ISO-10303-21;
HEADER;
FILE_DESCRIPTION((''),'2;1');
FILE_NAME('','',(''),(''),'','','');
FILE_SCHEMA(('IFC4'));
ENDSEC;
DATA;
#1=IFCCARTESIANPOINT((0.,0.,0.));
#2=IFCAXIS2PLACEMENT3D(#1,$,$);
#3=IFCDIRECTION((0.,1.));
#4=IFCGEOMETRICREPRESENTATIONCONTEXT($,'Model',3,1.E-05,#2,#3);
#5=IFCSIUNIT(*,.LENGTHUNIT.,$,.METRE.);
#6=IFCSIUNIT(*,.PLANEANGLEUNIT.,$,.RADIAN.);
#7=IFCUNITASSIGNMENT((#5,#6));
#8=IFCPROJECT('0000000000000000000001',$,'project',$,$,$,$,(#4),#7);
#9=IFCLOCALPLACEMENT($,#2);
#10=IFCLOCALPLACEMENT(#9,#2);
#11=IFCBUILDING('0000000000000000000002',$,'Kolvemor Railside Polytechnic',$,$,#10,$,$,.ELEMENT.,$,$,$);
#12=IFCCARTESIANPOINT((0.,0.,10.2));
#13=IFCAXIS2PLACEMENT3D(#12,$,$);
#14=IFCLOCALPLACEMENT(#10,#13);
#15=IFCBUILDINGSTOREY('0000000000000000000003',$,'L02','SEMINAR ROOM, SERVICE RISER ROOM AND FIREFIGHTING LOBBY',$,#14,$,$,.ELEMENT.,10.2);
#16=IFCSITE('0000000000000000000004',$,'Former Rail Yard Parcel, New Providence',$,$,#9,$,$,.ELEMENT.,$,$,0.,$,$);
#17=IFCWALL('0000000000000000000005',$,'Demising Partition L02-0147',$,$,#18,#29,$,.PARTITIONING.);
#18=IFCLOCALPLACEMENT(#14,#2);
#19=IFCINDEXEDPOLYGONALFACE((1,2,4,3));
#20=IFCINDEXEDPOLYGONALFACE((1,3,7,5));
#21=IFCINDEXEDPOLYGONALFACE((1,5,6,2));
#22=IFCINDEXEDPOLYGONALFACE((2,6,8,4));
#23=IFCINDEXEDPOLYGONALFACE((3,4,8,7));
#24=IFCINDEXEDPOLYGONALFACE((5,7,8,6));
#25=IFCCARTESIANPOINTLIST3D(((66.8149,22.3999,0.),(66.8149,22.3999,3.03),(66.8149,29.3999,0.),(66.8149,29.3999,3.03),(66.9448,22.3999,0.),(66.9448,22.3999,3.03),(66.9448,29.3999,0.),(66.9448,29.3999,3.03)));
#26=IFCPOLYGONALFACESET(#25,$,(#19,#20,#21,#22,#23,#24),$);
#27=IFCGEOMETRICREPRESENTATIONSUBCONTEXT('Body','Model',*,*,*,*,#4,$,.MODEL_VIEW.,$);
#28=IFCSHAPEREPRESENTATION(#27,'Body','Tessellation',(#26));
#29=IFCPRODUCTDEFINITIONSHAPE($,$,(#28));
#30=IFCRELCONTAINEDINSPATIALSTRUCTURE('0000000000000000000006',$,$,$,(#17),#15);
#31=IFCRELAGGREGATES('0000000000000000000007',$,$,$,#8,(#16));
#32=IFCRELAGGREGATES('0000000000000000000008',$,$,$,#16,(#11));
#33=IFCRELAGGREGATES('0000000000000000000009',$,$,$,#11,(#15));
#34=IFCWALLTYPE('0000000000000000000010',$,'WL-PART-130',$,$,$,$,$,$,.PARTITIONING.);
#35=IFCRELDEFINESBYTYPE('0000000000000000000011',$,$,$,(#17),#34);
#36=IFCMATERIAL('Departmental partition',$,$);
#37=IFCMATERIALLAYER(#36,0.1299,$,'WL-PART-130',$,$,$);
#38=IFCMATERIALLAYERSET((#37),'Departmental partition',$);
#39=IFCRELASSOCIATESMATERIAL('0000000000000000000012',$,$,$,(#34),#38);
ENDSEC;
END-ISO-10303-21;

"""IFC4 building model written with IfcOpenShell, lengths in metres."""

from ifc_helpers import new_model, si_unit, direction, frame, frame_2d, origin, place, context, subcontext, project, spatial, rectangle, extrude, material, layer, layer_set, type_object, element, save


model = new_model("IFC4")

# Units and contexts
model_context = context("Model", 3, precision=1e-05, world=origin(), true_north=direction((0.0, 1.0)))
body_context = subcontext(model_context, "Body", "Model", "MODEL_VIEW")
ifc_project = project(units=[si_unit("LENGTHUNIT", "METRE"), si_unit("PLANEANGLEUNIT", "RADIAN")], contexts=[model_context])

# Site, building, storey
site_placement = place(None, origin())
site = spatial("IfcSite", under=ifc_project, at=site_placement, Name="Former Rail Yard Parcel, New Providence", CompositionType="ELEMENT", RefElevation=0.0)
building_placement = place(site_placement, origin())
building = spatial("IfcBuilding", under=site, at=building_placement, Name="Kolvemor Railside Polytechnic", CompositionType="ELEMENT")
storey_placement = place(building_placement, frame((0.0, 0.0, 10.2)))
storey = spatial("IfcBuildingStorey", under=building, at=storey_placement, Name="L02", Description="SEMINAR ROOM, SERVICE RISER ROOM AND FIREFIGHTING LOBBY", CompositionType="ELEMENT", Elevation=10.2)

# Wall
ifc_material_1 = material(Name="Departmental partition")
ifc_layer = layer(ifc_material_1, 0.1299, Name="WL-PART-130")
ifc_layer_set = layer_set([ifc_layer], Name="Departmental partition")
wall_type = type_object("IfcWallType", Name="WL-PART-130", PredefinedType="PARTITIONING", material=ifc_layer_set)
wall_placement = place(storey_placement, frame((66.8799, 22.3999, 0.0), z_axis=(0.0, 0.0, 1.0), x_axis=(0.0, 1.0, 0.0)))
element("IfcWall", 1, at=wall_placement, inside=storey, type_object=wall_type, Name="Demising Partition L02-0147", PredefinedType="PARTITIONING", context=body_context, shape_type="SweptSolid", body=[
    extrude(rectangle(XDim=7.0, YDim=0.1299, at=frame_2d((3.5, 0.0))), origin(), (0.0, 0.0, 1.0), 3.03),
])

save(model, "model.ifc")
